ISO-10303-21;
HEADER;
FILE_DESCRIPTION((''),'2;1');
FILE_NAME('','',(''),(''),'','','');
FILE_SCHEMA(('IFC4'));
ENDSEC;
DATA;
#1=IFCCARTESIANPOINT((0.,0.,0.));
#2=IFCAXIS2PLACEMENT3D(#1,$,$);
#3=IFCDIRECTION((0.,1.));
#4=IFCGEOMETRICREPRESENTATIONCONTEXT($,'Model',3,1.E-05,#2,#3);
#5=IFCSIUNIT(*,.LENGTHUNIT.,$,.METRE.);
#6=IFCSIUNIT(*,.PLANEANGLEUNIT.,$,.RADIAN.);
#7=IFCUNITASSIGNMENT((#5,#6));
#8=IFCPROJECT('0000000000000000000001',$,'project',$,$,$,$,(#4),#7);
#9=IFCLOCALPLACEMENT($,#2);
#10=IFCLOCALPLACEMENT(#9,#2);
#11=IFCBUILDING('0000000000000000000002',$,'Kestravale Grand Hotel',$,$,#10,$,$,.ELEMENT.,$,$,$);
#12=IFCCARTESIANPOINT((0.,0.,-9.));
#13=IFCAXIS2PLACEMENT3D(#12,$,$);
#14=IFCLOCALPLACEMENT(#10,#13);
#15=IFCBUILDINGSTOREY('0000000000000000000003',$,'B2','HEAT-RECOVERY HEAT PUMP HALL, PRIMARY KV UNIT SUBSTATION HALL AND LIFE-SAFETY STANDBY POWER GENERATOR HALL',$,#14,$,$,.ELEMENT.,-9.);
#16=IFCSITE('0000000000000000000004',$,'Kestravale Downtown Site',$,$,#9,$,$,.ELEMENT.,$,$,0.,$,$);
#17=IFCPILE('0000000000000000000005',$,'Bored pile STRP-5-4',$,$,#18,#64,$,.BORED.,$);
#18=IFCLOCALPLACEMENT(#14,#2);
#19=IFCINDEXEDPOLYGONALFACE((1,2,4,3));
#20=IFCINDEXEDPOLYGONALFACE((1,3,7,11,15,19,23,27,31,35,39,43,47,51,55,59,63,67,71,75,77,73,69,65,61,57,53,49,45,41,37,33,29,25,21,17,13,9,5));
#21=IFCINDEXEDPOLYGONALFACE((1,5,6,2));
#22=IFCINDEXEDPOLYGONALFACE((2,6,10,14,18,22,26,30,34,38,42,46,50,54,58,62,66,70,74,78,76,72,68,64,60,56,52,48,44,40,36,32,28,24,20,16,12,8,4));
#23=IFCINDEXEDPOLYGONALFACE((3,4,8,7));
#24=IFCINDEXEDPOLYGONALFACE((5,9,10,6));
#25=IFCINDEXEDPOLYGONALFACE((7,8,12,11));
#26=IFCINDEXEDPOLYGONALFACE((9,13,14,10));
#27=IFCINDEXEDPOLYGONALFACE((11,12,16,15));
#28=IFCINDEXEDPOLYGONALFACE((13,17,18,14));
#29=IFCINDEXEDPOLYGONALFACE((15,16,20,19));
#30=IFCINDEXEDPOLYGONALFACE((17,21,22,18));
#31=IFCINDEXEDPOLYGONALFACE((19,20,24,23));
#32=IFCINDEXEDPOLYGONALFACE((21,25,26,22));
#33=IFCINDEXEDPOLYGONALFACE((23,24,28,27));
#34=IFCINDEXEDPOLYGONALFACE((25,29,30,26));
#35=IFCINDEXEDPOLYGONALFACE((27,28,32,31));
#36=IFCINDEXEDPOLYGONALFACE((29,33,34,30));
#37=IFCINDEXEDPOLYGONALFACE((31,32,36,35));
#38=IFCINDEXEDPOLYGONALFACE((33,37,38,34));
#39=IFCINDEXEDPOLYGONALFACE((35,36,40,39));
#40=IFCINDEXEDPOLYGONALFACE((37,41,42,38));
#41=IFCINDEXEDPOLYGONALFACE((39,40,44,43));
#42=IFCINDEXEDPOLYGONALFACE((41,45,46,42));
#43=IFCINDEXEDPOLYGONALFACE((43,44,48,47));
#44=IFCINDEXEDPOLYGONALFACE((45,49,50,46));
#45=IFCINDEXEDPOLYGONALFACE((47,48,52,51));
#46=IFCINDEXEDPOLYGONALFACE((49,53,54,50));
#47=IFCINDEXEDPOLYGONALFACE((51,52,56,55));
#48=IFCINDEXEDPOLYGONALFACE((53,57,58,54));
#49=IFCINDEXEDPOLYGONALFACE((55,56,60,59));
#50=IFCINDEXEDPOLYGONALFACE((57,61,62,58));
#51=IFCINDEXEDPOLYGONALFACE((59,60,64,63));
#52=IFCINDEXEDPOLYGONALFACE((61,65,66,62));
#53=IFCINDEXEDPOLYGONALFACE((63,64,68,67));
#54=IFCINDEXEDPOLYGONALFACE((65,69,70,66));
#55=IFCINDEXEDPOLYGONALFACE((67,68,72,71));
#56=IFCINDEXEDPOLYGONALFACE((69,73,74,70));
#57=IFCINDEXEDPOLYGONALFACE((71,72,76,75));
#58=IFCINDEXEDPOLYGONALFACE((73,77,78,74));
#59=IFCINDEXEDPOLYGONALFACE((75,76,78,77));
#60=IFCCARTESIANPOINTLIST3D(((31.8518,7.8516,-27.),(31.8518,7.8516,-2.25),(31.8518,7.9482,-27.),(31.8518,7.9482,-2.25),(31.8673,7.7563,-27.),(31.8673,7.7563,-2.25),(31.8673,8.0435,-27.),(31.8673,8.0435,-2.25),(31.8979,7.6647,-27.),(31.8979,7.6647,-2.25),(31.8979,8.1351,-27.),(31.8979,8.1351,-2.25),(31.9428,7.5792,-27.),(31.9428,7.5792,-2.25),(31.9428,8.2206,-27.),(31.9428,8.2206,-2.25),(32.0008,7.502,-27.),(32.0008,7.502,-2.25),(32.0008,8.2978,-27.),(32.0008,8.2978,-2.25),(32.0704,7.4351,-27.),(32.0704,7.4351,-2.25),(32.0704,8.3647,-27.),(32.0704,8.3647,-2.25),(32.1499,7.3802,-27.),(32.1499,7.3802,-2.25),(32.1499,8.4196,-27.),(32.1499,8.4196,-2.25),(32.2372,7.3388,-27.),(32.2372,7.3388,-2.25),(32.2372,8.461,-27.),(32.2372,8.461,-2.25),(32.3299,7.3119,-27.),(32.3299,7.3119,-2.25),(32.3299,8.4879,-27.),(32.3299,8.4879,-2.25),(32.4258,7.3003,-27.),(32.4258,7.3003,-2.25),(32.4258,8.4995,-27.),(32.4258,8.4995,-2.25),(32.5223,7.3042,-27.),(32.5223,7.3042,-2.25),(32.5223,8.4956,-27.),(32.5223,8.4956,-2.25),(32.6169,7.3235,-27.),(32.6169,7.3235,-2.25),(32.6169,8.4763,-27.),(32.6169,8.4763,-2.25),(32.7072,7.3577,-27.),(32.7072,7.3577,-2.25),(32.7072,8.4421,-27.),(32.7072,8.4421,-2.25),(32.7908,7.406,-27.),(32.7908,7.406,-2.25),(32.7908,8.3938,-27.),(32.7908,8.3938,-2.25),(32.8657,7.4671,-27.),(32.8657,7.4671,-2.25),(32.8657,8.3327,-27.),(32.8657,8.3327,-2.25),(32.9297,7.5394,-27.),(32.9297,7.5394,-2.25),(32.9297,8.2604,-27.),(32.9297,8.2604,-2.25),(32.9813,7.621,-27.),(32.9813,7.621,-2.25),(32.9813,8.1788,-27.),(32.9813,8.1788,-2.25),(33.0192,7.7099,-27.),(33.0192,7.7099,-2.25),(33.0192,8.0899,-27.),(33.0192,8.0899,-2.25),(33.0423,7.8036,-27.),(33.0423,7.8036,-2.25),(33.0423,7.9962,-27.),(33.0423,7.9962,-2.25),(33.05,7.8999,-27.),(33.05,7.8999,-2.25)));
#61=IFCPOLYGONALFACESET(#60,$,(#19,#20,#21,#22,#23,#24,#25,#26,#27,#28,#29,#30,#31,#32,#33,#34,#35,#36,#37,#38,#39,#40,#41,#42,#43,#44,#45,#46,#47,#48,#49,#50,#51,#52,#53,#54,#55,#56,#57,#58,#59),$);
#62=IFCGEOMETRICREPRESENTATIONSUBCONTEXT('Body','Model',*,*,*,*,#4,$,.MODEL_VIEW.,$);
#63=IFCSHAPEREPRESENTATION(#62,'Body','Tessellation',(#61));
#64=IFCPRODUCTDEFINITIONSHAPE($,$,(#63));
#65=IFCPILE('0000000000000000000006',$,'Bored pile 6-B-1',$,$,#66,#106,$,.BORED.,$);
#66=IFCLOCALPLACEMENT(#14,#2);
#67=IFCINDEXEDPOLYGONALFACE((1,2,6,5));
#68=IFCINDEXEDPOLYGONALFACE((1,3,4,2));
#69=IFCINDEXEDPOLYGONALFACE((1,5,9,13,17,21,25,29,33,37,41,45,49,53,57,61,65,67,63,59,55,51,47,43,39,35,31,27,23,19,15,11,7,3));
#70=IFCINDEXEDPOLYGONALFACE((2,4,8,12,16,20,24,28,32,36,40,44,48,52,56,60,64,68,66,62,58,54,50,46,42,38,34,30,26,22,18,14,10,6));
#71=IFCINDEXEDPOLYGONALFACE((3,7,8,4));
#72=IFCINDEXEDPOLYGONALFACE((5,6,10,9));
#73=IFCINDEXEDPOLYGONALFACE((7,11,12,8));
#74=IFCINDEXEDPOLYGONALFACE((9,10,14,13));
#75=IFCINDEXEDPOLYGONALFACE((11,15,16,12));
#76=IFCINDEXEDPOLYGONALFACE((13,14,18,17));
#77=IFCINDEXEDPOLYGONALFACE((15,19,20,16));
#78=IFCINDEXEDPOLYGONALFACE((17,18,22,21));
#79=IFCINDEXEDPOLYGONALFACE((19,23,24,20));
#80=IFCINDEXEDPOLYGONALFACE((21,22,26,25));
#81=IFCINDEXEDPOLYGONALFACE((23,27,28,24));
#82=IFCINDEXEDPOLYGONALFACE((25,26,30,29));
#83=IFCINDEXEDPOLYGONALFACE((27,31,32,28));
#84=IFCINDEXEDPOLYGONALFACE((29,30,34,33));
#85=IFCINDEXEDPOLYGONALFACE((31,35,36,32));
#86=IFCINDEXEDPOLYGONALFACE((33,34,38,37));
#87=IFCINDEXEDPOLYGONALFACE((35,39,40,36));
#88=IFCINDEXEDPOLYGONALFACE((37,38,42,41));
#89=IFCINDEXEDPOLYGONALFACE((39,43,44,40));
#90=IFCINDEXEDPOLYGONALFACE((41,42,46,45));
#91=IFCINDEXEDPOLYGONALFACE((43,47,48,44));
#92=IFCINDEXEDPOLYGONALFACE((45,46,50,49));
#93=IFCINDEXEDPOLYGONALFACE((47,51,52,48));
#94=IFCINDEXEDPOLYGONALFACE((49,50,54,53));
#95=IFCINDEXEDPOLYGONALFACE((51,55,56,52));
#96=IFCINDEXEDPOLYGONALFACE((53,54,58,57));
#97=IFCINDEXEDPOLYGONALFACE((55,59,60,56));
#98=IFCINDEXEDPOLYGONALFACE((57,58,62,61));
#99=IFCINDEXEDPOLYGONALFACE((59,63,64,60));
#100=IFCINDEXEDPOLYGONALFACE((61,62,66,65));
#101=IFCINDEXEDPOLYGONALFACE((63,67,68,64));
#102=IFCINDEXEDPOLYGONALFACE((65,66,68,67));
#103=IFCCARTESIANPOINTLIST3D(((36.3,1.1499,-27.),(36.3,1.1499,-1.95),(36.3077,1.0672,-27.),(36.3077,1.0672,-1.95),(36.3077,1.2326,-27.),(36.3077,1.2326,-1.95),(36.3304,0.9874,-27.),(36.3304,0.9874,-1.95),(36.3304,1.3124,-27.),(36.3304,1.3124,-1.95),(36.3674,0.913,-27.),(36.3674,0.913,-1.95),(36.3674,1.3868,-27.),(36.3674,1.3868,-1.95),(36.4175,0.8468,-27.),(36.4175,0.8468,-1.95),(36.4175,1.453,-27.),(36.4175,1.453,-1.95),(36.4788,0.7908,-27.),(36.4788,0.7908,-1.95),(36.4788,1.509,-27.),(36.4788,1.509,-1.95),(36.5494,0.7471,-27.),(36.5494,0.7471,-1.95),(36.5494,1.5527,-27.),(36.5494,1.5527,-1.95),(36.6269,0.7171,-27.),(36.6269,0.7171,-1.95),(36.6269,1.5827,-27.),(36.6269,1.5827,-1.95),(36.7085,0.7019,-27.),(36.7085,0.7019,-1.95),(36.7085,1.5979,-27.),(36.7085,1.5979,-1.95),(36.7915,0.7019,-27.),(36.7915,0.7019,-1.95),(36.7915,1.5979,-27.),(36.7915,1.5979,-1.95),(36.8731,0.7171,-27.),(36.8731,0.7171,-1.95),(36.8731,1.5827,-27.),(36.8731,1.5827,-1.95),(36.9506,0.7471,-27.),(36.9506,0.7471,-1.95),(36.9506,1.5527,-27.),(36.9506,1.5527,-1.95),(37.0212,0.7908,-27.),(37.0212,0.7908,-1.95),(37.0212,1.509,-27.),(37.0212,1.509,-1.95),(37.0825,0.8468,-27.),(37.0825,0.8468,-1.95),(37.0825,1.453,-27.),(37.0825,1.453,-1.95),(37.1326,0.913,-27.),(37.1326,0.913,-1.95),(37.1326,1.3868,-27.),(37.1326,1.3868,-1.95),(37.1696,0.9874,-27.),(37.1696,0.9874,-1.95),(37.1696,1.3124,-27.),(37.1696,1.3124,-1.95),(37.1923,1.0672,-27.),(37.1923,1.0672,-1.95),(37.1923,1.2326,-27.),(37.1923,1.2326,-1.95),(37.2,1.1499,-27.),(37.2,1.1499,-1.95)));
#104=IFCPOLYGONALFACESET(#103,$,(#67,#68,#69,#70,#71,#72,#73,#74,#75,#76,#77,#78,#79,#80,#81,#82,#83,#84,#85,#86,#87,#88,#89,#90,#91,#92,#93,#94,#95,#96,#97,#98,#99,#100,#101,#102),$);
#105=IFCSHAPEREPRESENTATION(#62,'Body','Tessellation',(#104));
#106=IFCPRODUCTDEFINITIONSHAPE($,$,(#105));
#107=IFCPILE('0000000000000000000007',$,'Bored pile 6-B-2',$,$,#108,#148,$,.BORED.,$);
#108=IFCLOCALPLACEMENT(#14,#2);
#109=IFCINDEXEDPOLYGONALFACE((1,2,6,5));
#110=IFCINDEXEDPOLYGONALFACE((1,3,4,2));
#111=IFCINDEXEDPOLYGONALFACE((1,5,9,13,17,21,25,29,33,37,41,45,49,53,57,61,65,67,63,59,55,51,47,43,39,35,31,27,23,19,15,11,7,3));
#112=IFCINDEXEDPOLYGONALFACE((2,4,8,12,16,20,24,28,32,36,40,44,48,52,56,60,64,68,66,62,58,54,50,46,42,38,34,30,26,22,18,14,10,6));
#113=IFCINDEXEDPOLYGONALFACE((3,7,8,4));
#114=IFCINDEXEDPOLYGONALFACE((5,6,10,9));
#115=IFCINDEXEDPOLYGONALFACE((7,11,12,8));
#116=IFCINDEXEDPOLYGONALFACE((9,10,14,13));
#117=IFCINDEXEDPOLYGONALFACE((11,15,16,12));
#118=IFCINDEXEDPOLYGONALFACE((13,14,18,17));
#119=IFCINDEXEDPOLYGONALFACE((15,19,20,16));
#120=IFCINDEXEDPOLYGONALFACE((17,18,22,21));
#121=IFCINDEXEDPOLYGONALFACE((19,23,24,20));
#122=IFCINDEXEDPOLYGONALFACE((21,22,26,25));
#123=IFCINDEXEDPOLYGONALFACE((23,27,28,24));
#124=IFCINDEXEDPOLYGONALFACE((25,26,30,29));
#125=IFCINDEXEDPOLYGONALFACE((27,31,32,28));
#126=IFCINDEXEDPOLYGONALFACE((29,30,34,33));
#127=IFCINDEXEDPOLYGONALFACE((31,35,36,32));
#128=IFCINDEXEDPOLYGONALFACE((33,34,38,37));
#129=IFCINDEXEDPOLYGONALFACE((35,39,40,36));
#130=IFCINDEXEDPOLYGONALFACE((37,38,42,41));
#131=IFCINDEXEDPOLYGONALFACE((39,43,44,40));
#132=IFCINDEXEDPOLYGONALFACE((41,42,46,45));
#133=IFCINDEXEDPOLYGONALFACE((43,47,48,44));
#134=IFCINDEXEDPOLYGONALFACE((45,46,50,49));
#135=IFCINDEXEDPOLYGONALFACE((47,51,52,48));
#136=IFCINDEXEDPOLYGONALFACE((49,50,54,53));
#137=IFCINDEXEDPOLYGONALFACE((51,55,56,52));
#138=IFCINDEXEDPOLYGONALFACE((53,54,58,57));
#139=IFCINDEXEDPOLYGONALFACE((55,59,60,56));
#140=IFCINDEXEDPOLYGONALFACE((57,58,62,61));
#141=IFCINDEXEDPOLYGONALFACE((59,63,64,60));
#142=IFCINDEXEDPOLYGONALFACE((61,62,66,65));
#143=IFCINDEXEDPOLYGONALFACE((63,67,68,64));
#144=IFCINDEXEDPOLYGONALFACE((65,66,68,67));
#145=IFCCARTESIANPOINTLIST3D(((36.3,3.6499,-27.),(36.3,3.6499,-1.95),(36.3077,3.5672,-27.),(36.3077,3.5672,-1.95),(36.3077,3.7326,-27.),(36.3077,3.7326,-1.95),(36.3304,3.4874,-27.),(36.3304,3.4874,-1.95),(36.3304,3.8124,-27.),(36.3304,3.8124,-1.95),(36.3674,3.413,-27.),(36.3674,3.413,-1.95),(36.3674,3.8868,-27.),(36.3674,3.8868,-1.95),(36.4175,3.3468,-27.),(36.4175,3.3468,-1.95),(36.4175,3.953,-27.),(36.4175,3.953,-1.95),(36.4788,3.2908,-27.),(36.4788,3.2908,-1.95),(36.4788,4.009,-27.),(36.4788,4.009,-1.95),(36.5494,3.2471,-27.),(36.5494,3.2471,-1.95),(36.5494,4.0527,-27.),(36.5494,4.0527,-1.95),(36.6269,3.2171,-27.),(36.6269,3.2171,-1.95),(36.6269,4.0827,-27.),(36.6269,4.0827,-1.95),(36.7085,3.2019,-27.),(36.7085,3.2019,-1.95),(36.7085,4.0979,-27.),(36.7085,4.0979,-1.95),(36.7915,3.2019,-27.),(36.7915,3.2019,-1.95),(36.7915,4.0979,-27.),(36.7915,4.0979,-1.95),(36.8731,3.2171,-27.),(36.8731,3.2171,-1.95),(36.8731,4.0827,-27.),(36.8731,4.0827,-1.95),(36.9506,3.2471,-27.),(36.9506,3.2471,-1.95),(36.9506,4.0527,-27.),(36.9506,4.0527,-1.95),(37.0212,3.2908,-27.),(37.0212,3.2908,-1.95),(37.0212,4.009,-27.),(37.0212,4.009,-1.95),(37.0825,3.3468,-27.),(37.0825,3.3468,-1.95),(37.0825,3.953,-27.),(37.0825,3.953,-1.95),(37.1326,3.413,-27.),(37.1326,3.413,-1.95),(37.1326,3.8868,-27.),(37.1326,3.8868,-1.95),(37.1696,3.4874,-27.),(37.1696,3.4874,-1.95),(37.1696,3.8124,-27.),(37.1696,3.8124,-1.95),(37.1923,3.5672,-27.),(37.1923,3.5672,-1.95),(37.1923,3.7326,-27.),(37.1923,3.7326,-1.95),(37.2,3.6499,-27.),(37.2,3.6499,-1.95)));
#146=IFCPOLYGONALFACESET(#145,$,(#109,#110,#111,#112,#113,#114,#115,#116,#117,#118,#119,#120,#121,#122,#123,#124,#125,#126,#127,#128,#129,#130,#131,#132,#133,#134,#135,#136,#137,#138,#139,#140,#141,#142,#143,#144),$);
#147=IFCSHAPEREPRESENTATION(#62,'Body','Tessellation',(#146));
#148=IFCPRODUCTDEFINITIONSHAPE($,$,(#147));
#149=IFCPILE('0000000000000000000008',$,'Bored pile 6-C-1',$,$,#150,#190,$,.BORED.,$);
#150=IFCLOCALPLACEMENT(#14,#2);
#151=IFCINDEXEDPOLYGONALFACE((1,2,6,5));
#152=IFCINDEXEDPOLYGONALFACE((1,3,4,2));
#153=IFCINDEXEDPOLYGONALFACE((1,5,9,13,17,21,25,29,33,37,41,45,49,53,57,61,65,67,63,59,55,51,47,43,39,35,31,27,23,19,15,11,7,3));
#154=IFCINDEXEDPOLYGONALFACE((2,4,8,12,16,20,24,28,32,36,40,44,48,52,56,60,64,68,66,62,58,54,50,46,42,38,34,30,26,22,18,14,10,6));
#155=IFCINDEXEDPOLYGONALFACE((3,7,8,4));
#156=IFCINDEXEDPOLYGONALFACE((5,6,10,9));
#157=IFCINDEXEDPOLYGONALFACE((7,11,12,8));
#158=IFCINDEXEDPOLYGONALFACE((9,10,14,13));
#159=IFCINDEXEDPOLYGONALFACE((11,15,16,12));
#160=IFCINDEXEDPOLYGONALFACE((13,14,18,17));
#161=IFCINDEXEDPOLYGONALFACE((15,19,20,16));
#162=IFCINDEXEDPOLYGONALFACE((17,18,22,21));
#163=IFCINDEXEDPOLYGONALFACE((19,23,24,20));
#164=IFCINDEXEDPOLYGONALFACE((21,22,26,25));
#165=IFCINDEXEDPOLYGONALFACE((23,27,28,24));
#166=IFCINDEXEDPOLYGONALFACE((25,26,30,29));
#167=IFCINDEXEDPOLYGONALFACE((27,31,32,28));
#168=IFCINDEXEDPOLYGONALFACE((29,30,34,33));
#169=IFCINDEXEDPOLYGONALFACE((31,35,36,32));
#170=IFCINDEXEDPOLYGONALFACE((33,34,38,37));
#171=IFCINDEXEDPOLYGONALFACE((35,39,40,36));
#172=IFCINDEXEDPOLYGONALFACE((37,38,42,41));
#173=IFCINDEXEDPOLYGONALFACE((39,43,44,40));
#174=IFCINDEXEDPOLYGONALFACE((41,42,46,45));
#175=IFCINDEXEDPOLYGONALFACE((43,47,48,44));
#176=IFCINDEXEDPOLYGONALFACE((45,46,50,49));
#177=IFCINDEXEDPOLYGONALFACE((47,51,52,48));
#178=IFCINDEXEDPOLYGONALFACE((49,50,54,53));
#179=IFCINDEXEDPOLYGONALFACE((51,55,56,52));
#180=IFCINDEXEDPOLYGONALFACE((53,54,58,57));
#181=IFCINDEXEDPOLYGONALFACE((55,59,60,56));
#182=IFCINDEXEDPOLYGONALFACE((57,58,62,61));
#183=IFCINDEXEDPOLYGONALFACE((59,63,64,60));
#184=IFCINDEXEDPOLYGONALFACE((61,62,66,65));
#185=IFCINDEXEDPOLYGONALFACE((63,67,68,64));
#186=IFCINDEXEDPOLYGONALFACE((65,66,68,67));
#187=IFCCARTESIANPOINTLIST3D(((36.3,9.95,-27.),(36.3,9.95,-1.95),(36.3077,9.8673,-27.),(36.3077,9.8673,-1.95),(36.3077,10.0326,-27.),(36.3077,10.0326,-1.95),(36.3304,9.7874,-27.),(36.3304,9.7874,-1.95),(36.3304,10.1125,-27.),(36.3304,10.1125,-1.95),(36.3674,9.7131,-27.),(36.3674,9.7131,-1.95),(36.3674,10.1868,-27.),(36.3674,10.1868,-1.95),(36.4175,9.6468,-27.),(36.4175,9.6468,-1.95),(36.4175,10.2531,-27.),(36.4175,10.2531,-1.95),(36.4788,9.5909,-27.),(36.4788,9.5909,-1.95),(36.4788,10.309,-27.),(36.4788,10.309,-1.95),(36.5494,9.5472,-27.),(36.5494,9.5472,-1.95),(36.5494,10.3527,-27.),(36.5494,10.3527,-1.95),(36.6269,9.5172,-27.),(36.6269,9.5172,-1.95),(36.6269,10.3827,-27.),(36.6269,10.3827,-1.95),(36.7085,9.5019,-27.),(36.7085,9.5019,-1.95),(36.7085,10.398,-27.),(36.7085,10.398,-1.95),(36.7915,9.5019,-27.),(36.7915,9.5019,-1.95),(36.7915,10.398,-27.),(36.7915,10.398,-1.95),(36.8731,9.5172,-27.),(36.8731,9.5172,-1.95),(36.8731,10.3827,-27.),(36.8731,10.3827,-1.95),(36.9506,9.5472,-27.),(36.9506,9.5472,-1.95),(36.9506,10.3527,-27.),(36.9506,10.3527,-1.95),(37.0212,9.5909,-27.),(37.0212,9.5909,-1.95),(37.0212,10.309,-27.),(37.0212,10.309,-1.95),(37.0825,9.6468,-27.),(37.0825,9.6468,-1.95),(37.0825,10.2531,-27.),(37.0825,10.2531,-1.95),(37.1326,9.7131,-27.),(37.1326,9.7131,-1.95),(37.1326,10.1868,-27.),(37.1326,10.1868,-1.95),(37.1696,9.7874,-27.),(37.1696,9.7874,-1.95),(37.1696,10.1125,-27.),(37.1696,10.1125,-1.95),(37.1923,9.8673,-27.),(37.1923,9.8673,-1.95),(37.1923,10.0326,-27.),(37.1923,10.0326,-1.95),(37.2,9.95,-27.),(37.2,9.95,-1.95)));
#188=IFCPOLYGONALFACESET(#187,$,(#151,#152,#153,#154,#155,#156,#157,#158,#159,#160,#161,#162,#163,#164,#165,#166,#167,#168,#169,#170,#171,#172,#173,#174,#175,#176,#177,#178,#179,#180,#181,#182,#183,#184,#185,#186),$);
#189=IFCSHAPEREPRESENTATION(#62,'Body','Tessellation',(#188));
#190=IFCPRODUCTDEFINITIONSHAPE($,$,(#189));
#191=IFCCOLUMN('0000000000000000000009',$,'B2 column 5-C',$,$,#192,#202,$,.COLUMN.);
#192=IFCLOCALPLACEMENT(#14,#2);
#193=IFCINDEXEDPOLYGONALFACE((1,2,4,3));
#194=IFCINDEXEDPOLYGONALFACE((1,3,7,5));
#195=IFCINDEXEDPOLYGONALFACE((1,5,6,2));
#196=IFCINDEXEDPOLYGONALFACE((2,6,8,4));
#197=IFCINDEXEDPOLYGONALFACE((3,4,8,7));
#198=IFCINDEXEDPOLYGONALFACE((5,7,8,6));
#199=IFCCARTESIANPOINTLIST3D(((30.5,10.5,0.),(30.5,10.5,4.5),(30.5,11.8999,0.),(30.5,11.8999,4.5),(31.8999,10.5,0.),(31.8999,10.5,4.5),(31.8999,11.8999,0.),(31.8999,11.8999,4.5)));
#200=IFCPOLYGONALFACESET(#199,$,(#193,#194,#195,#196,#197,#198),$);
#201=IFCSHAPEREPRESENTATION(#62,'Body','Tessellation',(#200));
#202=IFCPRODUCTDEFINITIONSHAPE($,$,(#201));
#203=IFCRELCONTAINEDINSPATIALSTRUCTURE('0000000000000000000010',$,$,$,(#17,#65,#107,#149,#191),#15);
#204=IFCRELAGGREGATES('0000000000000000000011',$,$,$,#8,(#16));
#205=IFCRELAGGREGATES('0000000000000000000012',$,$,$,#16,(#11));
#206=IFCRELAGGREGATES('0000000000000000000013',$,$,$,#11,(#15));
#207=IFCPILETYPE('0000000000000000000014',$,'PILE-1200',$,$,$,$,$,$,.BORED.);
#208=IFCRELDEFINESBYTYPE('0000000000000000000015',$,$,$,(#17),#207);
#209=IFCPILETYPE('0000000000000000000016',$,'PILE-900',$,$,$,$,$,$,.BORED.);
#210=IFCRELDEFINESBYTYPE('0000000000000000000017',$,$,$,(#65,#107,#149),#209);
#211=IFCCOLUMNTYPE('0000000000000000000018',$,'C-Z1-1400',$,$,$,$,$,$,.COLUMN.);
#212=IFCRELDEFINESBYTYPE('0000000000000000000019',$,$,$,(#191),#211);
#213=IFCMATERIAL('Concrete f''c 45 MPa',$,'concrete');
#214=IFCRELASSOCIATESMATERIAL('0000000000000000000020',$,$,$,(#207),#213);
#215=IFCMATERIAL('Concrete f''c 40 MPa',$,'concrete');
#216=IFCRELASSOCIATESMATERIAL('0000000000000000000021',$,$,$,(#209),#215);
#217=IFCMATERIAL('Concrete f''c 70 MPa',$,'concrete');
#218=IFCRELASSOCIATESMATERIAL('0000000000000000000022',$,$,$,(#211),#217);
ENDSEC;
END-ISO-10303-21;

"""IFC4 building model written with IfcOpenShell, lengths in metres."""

from ifc_helpers import new_model, si_unit, direction, frame, origin, origin_2d, place, context, subcontext, project, spatial, rectangle, circle, extrude, material, material_profile, profile_set, type_object, element, save


model = new_model("IFC4")

# Units and contexts
model_context = context("Model", 3, precision=1e-05, world=origin(), true_north=direction((0.0, 1.0)))
body_context = subcontext(model_context, "Body", "Model", "MODEL_VIEW")
ifc_project = project(units=[si_unit("LENGTHUNIT", "METRE"), si_unit("PLANEANGLEUNIT", "RADIAN")], contexts=[model_context])

# Site, building, storey
site_placement = place(None, origin())
site = spatial("IfcSite", under=ifc_project, at=site_placement, Name="Kestravale Downtown Site", CompositionType="ELEMENT", RefElevation=0.0)
building_placement = place(site_placement, origin())
building = spatial("IfcBuilding", under=site, at=building_placement, Name="Kestravale Grand Hotel", CompositionType="ELEMENT")
storey_placement = place(building_placement, frame((0.0, 0.0, -9.0)))
storey = spatial("IfcBuildingStorey", under=building, at=storey_placement, Name="B2", Description="HEAT-RECOVERY HEAT PUMP HALL, PRIMARY KV UNIT SUBSTATION HALL AND LIFE-SAFETY STANDBY POWER GENERATOR HALL", CompositionType="ELEMENT", Elevation=-9.0)

# Piles
ifc_material_1 = material(Name="Concrete f'c 45 MPa", Category="concrete")
ifc_material_profile_1 = material_profile(ifc_material_1, circle(Radius=0.6001, at=origin_2d()))
ifc_profile_set_1 = profile_set([ifc_material_profile_1], Name="Concrete f'c 45 MPa")
pile_type_1 = type_object("IfcPileType", Name="PILE-1200", PredefinedType="BORED", material=ifc_profile_set_1)
for number, where, z_axis, x_axis, name in (
    (1, (32.45, 7.8999, -2.25), (0.0, 0.0, -1.0), (1.0, 0.0, 0.0), "Bored pile STRP-5-4"),
):
    element("IfcPile", number, at=place(storey_placement, frame(where, z_axis=z_axis, x_axis=x_axis)), inside=storey, type_object=pile_type_1, Name=name, PredefinedType="BORED", context=body_context, shape_type="SweptSolid", body=[
        extrude(circle(Radius=0.6001, at=origin_2d()), origin(), (0.0, 0.0, 1.0), 24.75),
    ])
ifc_material_2 = material(Name="Concrete f'c 40 MPa", Category="concrete")
ifc_material_profile_2 = material_profile(ifc_material_2, circle(Radius=0.45, at=origin_2d()))
ifc_profile_set_2 = profile_set([ifc_material_profile_2], Name="Concrete f'c 40 MPa")
pile_type_2 = type_object("IfcPileType", Name="PILE-900", PredefinedType="BORED", material=ifc_profile_set_2)
for number, where, z_axis, x_axis, name in (
    (2, (36.75, 1.1499, -1.95), (0.0, 0.0, -1.0), (1.0, 0.0, 0.0), "Bored pile 6-B-1"),
    (3, (36.75, 3.6499, -1.95), (0.0, 0.0, -1.0), (1.0, 0.0, 0.0), "Bored pile 6-B-2"),
    (4, (36.75, 9.95, -1.95), (0.0, 0.0, -1.0), (1.0, 0.0, 0.0), "Bored pile 6-C-1"),
):
    element("IfcPile", number, at=place(storey_placement, frame(where, z_axis=z_axis, x_axis=x_axis)), inside=storey, type_object=pile_type_2, Name=name, PredefinedType="BORED", context=body_context, shape_type="SweptSolid", body=[
        extrude(circle(Radius=0.45, at=origin_2d()), origin(), (0.0, 0.0, 1.0), 25.05),
    ])

# Column
ifc_material_3 = material(Name="Concrete f'c 70 MPa", Category="concrete")
ifc_material_profile_3 = material_profile(ifc_material_3, rectangle(XDim=1.3999, YDim=1.3999, at=origin_2d()))
ifc_profile_set_3 = profile_set([ifc_material_profile_3], Name="Concrete f'c 70 MPa")
column_type_1 = type_object("IfcColumnType", Name="C-Z1-1400", PredefinedType="COLUMN", material=ifc_profile_set_3)
for number, where, z_axis, x_axis, name in (
    (5, (31.2, 11.2, 0.0), (0.0, 0.0, 1.0), (1.0, 0.0, 0.0), "B2 column 5-C"),
):
    element("IfcColumn", number, at=place(storey_placement, frame(where, z_axis=z_axis, x_axis=x_axis)), inside=storey, type_object=column_type_1, Name=name, PredefinedType="COLUMN", context=body_context, shape_type="SweptSolid", body=[
        extrude(rectangle(XDim=1.3999, YDim=1.3999, at=origin_2d()), origin(), (0.0, 0.0, 1.0), 4.5),
    ])

save(model, "model.ifc")
